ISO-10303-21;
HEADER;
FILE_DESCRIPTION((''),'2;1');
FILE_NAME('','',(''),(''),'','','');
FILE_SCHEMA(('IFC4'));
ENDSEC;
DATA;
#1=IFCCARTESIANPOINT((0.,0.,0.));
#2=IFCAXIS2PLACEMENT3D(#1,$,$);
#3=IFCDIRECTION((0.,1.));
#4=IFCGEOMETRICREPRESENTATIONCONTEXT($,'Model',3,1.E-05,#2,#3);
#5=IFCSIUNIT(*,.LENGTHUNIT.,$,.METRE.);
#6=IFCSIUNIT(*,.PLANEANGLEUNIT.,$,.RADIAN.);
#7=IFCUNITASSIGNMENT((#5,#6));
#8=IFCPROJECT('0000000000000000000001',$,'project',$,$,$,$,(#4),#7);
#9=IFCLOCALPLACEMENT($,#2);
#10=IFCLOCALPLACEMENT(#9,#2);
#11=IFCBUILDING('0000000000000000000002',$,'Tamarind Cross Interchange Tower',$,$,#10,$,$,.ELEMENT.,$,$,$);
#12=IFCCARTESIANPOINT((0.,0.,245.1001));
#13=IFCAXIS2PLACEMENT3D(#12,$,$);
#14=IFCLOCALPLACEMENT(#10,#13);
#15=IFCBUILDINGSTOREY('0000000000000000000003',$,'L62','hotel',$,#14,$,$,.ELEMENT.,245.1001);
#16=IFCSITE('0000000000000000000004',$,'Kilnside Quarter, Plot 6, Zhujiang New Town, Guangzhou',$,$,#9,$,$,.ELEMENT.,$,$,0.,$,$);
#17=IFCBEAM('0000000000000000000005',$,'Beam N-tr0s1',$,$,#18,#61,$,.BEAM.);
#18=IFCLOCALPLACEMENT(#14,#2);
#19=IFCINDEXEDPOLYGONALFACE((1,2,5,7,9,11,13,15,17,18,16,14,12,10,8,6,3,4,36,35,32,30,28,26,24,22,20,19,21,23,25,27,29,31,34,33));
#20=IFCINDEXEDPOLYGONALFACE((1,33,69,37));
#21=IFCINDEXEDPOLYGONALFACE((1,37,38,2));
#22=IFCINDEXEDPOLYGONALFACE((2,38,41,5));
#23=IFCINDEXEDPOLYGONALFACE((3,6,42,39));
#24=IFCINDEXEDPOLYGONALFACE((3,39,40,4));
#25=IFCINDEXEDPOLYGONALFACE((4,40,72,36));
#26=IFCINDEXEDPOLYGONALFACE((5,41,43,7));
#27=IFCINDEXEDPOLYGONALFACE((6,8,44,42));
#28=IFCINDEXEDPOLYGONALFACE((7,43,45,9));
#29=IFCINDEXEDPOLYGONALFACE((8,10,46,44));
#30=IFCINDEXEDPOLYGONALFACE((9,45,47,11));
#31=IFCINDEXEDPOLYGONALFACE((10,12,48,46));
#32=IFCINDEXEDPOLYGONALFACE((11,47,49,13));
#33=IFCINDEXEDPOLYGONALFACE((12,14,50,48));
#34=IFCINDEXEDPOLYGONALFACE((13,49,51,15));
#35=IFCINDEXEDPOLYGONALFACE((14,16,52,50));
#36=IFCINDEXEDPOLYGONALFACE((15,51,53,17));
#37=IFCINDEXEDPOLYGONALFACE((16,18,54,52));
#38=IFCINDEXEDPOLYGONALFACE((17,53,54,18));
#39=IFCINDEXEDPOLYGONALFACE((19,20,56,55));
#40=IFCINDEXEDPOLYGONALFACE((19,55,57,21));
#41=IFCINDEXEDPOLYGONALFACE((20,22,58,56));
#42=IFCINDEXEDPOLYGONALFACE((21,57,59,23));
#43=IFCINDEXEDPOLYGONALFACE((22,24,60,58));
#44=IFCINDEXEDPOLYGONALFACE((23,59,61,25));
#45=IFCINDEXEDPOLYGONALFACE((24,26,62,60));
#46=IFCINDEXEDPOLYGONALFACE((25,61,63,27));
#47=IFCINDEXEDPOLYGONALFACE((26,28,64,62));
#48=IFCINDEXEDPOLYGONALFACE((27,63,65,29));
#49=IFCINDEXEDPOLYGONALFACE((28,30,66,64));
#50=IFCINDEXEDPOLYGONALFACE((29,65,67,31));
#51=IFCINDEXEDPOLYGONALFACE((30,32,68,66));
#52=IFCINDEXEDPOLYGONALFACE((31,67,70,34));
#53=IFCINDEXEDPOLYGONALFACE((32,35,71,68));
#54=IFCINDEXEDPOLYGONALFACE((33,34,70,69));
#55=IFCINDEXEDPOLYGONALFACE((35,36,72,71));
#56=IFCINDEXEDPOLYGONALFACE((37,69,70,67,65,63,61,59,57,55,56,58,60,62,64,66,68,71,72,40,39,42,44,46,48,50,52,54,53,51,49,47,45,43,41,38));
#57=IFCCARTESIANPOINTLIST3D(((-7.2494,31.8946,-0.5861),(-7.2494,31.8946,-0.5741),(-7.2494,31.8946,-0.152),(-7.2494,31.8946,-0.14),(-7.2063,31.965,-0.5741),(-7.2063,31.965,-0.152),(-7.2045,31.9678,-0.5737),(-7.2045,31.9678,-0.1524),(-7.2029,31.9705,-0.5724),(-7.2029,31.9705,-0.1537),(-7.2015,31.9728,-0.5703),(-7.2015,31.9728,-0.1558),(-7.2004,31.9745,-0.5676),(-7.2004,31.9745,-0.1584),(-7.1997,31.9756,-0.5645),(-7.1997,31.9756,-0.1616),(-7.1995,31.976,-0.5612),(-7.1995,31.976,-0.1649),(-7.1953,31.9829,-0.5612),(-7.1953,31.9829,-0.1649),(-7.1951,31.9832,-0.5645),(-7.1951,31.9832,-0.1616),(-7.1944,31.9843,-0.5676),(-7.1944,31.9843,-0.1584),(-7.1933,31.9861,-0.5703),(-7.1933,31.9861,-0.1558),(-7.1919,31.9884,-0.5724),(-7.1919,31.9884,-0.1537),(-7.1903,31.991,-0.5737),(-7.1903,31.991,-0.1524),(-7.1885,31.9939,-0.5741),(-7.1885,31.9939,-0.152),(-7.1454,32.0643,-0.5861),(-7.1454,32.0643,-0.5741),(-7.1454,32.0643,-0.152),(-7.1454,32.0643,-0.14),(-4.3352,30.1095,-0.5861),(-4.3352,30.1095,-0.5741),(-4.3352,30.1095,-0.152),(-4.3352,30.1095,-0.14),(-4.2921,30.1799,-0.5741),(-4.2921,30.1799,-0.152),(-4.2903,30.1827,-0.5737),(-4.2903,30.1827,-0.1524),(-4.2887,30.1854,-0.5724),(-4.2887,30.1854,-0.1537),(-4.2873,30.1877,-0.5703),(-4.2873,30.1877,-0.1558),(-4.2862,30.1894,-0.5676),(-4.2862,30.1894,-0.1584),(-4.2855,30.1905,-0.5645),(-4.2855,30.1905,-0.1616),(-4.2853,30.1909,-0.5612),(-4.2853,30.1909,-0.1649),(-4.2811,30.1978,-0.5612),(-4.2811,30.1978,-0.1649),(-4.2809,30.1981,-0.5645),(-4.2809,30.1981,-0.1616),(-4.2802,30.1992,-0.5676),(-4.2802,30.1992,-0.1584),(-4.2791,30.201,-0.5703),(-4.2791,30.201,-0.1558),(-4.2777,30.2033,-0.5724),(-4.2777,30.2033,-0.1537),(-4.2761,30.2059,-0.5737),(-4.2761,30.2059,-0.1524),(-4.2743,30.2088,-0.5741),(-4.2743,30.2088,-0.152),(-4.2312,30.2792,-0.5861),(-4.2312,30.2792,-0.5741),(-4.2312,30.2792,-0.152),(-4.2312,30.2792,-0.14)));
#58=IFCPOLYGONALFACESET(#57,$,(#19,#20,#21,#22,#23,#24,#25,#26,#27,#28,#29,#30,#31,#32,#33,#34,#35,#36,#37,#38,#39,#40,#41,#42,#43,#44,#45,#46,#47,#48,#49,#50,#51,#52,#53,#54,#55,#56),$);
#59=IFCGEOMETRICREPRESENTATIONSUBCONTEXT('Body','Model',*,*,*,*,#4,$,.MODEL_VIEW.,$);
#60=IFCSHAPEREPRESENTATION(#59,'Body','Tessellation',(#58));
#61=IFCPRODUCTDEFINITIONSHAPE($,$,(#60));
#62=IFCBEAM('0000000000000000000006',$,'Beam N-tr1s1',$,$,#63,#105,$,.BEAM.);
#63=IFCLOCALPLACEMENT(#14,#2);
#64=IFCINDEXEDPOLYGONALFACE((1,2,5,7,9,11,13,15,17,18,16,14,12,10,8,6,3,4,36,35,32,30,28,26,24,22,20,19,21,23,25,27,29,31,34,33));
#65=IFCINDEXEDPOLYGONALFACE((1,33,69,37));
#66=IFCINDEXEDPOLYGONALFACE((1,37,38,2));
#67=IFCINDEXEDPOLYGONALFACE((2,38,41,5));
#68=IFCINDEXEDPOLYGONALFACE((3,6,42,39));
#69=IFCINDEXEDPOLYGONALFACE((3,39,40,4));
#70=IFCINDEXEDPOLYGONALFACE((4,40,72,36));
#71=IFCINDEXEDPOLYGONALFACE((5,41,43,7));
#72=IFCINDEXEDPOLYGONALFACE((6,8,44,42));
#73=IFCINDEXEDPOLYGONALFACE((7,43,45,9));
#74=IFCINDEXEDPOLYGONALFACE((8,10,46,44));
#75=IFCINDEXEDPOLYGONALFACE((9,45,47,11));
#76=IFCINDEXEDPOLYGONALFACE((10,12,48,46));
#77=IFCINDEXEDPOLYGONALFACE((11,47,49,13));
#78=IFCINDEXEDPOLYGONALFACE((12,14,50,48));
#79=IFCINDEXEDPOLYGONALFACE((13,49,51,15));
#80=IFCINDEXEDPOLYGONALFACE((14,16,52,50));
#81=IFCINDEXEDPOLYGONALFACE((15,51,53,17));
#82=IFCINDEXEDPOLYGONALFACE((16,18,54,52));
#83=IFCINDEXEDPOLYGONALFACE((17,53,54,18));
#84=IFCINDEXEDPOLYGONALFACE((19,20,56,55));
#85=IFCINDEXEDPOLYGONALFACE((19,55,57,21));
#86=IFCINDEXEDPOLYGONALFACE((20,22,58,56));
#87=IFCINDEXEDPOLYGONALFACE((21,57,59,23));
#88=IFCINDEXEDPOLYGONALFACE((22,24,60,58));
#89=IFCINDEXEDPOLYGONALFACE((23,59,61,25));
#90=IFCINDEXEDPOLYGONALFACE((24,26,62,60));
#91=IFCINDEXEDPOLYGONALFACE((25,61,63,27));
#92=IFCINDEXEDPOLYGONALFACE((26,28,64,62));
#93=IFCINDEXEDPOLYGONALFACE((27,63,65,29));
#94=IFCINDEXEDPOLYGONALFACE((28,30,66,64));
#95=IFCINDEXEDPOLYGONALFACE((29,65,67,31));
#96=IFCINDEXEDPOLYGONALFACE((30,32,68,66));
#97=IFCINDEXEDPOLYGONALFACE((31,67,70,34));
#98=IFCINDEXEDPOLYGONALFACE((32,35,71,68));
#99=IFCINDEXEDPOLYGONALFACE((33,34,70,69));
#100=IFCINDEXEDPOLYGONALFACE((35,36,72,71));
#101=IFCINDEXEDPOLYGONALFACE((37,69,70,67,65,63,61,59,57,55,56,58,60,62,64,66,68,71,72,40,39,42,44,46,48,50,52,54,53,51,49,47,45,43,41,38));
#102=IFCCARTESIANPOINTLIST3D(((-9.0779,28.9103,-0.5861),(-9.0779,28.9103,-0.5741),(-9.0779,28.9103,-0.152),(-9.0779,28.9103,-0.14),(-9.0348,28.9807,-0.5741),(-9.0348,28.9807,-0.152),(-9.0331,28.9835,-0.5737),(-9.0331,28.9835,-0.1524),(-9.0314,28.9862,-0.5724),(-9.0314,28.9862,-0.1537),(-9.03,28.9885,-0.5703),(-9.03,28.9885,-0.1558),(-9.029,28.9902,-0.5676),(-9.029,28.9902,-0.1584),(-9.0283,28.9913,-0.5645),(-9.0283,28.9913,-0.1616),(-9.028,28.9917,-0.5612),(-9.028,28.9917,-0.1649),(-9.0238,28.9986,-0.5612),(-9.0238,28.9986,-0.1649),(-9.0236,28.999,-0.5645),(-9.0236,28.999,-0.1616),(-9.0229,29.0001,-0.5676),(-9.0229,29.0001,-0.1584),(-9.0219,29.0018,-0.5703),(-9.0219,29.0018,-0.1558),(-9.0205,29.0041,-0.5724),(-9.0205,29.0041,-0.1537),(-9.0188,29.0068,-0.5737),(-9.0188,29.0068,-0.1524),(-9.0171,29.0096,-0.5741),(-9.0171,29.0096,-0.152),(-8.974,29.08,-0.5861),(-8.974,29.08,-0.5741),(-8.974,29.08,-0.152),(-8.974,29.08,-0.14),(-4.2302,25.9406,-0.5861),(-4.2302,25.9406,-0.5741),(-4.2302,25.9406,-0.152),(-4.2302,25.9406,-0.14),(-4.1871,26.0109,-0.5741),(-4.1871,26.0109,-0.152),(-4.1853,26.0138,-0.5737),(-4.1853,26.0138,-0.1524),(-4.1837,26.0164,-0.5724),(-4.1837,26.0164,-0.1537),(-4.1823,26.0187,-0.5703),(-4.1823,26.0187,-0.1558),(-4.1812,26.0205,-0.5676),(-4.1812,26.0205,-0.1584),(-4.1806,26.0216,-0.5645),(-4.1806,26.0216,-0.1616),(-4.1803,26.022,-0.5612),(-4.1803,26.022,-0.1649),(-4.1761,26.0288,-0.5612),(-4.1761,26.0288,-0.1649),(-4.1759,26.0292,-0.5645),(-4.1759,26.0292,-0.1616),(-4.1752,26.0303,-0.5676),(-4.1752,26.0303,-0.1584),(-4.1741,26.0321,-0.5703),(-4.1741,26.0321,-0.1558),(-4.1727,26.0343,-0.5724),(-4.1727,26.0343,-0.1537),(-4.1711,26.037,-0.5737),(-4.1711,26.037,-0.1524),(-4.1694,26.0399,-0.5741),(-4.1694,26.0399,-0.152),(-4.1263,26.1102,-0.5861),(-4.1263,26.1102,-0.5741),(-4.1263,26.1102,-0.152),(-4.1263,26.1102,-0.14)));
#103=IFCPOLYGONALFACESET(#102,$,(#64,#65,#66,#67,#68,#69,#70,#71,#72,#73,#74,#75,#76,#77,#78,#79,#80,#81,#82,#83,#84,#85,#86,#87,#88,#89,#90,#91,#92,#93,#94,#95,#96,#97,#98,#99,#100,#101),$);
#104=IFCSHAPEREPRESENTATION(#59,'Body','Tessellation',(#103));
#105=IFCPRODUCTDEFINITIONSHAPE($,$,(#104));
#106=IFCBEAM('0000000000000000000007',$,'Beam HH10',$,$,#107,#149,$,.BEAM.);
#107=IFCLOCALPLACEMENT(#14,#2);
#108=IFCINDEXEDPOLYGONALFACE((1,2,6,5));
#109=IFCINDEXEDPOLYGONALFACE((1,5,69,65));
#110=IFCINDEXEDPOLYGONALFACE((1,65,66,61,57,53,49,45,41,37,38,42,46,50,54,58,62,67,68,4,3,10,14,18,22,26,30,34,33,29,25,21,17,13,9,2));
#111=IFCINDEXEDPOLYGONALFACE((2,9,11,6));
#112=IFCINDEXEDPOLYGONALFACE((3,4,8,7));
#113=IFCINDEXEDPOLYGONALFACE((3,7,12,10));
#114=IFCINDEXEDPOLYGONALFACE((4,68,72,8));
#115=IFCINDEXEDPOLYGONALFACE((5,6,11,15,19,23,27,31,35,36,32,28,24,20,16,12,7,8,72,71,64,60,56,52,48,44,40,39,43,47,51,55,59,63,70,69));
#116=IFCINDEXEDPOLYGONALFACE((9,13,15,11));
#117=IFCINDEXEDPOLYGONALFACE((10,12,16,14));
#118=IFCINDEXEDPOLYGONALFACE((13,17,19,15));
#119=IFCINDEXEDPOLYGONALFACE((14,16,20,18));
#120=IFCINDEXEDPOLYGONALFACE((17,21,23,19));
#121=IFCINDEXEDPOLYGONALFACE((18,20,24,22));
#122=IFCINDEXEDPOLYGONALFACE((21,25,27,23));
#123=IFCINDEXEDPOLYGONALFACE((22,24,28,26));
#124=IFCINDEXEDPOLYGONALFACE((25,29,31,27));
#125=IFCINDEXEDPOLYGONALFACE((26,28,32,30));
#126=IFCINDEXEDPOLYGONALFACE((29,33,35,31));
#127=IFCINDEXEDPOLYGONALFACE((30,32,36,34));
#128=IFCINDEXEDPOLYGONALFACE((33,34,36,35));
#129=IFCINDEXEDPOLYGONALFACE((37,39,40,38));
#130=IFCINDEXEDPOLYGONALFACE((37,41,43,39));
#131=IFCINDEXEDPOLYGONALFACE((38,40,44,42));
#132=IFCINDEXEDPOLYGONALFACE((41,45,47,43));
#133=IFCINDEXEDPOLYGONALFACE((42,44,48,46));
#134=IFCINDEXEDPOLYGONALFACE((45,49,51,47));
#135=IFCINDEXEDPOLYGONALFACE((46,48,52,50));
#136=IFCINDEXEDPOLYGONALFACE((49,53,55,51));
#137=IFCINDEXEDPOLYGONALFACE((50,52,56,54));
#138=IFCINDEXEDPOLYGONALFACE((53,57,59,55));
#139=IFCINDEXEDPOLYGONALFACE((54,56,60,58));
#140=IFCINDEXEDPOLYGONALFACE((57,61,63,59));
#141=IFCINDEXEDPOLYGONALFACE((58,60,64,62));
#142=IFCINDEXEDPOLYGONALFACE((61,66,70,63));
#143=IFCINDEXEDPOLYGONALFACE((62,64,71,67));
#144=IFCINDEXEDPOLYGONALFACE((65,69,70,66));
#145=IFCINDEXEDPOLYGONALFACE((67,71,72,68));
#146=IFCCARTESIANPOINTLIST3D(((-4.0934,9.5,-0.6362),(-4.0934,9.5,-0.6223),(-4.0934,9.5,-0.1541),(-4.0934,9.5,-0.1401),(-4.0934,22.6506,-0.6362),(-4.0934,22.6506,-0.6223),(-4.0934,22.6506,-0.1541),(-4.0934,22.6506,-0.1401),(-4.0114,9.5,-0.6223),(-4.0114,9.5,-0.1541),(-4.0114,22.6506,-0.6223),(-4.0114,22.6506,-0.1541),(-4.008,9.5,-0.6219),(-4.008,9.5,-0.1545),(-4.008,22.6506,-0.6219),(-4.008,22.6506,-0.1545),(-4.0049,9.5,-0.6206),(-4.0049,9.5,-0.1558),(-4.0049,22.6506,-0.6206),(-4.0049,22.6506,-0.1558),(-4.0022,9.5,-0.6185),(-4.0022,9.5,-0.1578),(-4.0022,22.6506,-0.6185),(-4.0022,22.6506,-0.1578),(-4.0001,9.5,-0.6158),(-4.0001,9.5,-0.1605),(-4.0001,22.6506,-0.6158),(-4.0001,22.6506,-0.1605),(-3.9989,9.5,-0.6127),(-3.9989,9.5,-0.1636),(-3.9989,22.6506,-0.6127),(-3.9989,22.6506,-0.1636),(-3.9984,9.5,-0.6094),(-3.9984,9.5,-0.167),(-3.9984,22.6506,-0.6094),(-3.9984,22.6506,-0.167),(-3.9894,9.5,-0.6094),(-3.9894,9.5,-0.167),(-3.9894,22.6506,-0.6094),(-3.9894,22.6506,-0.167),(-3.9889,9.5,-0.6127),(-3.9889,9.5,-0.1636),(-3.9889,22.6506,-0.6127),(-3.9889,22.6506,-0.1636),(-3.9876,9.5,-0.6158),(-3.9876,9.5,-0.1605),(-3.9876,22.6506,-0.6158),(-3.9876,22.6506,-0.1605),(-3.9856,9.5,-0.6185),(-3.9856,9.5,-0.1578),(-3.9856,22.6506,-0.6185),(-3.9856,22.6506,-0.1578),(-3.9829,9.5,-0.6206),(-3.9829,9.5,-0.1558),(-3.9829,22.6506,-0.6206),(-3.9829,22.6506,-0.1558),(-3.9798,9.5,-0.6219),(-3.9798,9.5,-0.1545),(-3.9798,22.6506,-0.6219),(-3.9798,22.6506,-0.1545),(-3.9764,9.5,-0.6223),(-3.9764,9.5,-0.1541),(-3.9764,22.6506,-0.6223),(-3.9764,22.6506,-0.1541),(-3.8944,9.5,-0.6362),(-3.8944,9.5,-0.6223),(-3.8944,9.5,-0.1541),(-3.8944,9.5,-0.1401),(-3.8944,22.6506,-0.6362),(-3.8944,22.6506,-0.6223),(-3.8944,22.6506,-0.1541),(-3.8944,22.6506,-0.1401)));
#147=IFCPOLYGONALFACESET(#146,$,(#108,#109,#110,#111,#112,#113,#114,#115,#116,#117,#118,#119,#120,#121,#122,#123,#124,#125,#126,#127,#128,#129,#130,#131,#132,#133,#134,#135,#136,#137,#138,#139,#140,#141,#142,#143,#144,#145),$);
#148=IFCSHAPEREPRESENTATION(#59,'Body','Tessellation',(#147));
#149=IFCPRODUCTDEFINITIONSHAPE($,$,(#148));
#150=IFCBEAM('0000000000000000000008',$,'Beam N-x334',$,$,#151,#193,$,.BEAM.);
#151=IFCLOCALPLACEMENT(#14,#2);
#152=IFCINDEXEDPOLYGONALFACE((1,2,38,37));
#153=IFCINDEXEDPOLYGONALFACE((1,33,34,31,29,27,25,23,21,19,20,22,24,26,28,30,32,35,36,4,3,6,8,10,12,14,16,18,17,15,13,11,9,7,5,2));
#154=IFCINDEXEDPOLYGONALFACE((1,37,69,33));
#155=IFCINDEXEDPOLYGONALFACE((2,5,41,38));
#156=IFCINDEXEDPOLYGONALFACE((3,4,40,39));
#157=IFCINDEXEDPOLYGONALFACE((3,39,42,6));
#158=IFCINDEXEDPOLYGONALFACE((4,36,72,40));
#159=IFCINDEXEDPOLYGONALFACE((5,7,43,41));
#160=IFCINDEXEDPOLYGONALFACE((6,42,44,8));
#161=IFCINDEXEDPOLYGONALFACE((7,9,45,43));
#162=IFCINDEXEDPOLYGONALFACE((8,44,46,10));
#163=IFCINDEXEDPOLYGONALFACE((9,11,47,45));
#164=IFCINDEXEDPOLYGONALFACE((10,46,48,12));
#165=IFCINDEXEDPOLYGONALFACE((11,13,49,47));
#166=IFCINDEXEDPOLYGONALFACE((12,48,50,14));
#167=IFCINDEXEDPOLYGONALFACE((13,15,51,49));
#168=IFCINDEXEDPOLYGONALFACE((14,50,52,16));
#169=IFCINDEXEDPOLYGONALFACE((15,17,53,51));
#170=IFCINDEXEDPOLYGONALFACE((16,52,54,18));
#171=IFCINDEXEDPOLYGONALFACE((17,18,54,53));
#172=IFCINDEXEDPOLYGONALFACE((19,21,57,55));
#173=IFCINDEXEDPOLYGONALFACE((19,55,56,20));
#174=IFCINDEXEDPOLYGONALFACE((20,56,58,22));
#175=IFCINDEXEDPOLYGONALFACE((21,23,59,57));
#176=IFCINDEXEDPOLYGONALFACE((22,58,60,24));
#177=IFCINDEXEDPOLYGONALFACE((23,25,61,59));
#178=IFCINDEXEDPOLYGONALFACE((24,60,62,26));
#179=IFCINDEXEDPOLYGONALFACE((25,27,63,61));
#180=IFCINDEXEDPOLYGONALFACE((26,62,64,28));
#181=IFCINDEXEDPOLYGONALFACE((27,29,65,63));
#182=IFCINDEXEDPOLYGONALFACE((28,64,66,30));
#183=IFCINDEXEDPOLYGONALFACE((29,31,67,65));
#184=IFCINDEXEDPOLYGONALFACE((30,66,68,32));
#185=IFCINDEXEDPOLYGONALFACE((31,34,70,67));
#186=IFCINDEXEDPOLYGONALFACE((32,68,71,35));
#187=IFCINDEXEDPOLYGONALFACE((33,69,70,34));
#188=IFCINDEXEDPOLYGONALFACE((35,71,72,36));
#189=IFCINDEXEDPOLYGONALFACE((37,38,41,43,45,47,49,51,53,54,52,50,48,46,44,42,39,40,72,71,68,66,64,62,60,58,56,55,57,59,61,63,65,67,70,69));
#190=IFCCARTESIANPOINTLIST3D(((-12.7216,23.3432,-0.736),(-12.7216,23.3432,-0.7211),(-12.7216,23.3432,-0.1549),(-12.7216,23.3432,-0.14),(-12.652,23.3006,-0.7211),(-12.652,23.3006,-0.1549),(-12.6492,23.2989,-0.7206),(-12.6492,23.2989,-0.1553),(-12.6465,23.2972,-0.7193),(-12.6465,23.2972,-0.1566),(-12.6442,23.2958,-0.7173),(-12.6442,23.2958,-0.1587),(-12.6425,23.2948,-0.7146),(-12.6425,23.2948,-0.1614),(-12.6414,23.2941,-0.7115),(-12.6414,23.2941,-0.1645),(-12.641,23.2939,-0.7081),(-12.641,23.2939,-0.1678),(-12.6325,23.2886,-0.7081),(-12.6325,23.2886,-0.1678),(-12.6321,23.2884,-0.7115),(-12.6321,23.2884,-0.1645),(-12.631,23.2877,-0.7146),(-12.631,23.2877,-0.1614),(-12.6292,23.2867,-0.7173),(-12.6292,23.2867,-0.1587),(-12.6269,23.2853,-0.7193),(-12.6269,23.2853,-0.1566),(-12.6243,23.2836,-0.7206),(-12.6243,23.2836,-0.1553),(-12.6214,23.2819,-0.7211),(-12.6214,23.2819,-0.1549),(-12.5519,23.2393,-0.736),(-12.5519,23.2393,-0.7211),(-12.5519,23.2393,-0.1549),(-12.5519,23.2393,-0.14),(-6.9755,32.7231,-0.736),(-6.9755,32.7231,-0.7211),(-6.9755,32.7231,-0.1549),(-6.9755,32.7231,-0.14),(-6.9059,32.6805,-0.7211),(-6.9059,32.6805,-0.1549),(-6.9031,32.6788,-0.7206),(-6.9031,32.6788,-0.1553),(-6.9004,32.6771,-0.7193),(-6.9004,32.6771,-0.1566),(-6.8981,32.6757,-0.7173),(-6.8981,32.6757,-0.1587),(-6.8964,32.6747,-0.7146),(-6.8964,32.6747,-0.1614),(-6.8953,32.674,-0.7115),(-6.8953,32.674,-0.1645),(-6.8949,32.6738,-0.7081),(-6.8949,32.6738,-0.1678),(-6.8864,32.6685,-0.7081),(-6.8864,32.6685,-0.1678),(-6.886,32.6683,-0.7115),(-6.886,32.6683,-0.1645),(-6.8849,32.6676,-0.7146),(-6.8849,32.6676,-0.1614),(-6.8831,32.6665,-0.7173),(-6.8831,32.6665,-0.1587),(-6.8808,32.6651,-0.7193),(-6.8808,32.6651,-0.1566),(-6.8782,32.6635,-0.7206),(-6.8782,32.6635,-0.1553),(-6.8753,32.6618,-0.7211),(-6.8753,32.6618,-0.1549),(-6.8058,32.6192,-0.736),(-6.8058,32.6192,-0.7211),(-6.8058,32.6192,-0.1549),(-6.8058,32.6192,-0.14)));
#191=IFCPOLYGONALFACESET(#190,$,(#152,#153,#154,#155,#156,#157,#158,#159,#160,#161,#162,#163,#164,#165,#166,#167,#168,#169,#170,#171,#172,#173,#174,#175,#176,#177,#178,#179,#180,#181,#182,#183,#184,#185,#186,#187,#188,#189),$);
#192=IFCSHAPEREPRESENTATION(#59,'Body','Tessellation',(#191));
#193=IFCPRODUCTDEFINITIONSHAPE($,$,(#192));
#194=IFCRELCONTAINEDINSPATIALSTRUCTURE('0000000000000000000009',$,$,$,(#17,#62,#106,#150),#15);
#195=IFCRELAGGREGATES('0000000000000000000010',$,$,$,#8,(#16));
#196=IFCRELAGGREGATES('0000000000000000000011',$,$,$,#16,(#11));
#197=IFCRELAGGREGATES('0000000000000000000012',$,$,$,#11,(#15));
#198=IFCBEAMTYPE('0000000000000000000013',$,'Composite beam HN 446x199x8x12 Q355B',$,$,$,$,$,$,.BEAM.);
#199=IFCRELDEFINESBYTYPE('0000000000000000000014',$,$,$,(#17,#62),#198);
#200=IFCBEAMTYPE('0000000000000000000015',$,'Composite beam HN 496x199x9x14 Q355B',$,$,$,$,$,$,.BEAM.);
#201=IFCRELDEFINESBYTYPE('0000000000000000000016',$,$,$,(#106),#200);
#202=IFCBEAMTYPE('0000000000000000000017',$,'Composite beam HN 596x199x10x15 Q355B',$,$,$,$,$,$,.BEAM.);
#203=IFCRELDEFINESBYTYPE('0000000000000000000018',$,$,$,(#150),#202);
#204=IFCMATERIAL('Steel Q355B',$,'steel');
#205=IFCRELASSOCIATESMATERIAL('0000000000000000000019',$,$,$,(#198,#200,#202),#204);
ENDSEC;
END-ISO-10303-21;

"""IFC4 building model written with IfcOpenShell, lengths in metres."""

from ifc_helpers import new_model, si_unit, direction, frame, origin, origin_2d, place, context, subcontext, project, spatial, i_section, extrude, material, material_profile, profile_set, type_object, element, save


model = new_model("IFC4")

# Units and contexts
model_context = context("Model", 3, precision=1e-05, world=origin(), true_north=direction((0.0, 1.0)))
body_context = subcontext(model_context, "Body", "Model", "MODEL_VIEW")
ifc_project = project(units=[si_unit("LENGTHUNIT", "METRE"), si_unit("PLANEANGLEUNIT", "RADIAN")], contexts=[model_context])

# Site, building, storey
site_placement = place(None, origin())
site = spatial("IfcSite", under=ifc_project, at=site_placement, Name="Kilnside Quarter, Plot 6, Zhujiang New Town, Guangzhou", CompositionType="ELEMENT", RefElevation=0.0)
building_placement = place(site_placement, origin())
building = spatial("IfcBuilding", under=site, at=building_placement, Name="Tamarind Cross Interchange Tower", CompositionType="ELEMENT")
storey_placement = place(building_placement, frame((0.0, 0.0, 245.1001)))
storey = spatial("IfcBuildingStorey", under=building, at=storey_placement, Name="L62", Description="hotel", CompositionType="ELEMENT", Elevation=245.1001)

# Beams
ifc_material_1 = material(Name="Steel Q355B", Category="steel")
ifc_material_profile_1 = material_profile(ifc_material_1, i_section(OverallWidth=0.199, OverallDepth=0.446, WebThickness=0.0081, FlangeThickness=0.012, FilletRadius=0.0129, at=origin_2d()), Name="HN 446x199x8x12")
ifc_profile_set_1 = profile_set([ifc_material_profile_1], Name="Steel Q355B")
beam_type_1 = type_object("IfcBeamType", Name="Composite beam HN 446x199x8x12 Q355B", PredefinedType="BEAM", material=ifc_profile_set_1)
beam_1_placement = place(storey_placement, frame((-4.2832, 30.1943, -0.363), z_axis=(-0.852736, 0.522343, 0.0), x_axis=(-0.522343, -0.852736, 0.0)))
element("IfcBeam", 1, at=beam_1_placement, inside=storey, type_object=beam_type_1, Name="Beam N-tr0s1", PredefinedType="BEAM", context=body_context, shape_type="SweptSolid", body=[
    extrude(i_section(OverallWidth=0.199, OverallDepth=0.446, WebThickness=0.0081, FlangeThickness=0.012, FilletRadius=0.0129, at=origin_2d()), origin(), (0.0, 0.0, 1.0), 3.4175),
])
beam_2_placement = place(storey_placement, frame((-4.1782, 26.0254, -0.363), z_axis=(-0.852712, 0.522381, 0.0), x_axis=(-0.522381, -0.852712, 0.0)))
element("IfcBeam", 2, at=beam_2_placement, inside=storey, type_object=beam_type_1, Name="Beam N-tr1s1", PredefinedType="BEAM", context=body_context, shape_type="SweptSolid", body=[
    extrude(i_section(OverallWidth=0.199, OverallDepth=0.446, WebThickness=0.0081, FlangeThickness=0.012, FilletRadius=0.0129, at=origin_2d()), origin(), (0.0, 0.0, 1.0), 5.6851),
])
ifc_material_profile_2 = material_profile(ifc_material_1, i_section(OverallWidth=0.199, OverallDepth=0.4961, WebThickness=0.009, FlangeThickness=0.0139, FilletRadius=0.0129, at=origin_2d()), Name="HN 496x199x9x14")
ifc_profile_set_2 = profile_set([ifc_material_profile_2], Name="Steel Q355B")
beam_type_2 = type_object("IfcBeamType", Name="Composite beam HN 496x199x9x14 Q355B", PredefinedType="BEAM", material=ifc_profile_set_2)
beam_3_placement = place(storey_placement, frame((-3.9939, 22.6506, -0.3882), z_axis=(0.0, -1.0, 0.0), x_axis=(1.0, 0.0, 0.0)))
element("IfcBeam", 3, at=beam_3_placement, inside=storey, type_object=beam_type_2, Name="Beam HH10", PredefinedType="BEAM", context=body_context, shape_type="SweptSolid", body=[
    extrude(i_section(OverallWidth=0.199, OverallDepth=0.4961, WebThickness=0.009, FlangeThickness=0.0139, FilletRadius=0.0129, at=origin_2d()), origin(), (0.0, 0.0, 1.0), 13.1506),
])
ifc_material_profile_3 = material_profile(ifc_material_1, i_section(OverallWidth=0.199, OverallDepth=0.5959, WebThickness=0.01, FlangeThickness=0.0149, FilletRadius=0.0129, at=origin_2d()), Name="HN 596x199x10x15")
ifc_profile_set_3 = profile_set([ifc_material_profile_3], Name="Steel Q355B")
beam_type_3 = type_object("IfcBeamType", Name="Composite beam HN 596x199x10x15 Q355B", PredefinedType="BEAM", material=ifc_profile_set_3)
beam_4_placement = place(storey_placement, frame((-6.8906, 32.6711, -0.438), z_axis=(-0.522373, -0.852717, 0.0), x_axis=(0.852717, -0.522373, 0.0)))
element("IfcBeam", 4, at=beam_4_placement, inside=storey, type_object=beam_type_3, Name="Beam N-x334", PredefinedType="BEAM", context=body_context, shape_type="SweptSolid", body=[
    extrude(i_section(OverallWidth=0.199, OverallDepth=0.5959, WebThickness=0.01, FlangeThickness=0.0149, FilletRadius=0.0129, at=origin_2d()), origin(), (0.0, 0.0, 1.0), 11.0),
])

save(model, "model.ifc")
